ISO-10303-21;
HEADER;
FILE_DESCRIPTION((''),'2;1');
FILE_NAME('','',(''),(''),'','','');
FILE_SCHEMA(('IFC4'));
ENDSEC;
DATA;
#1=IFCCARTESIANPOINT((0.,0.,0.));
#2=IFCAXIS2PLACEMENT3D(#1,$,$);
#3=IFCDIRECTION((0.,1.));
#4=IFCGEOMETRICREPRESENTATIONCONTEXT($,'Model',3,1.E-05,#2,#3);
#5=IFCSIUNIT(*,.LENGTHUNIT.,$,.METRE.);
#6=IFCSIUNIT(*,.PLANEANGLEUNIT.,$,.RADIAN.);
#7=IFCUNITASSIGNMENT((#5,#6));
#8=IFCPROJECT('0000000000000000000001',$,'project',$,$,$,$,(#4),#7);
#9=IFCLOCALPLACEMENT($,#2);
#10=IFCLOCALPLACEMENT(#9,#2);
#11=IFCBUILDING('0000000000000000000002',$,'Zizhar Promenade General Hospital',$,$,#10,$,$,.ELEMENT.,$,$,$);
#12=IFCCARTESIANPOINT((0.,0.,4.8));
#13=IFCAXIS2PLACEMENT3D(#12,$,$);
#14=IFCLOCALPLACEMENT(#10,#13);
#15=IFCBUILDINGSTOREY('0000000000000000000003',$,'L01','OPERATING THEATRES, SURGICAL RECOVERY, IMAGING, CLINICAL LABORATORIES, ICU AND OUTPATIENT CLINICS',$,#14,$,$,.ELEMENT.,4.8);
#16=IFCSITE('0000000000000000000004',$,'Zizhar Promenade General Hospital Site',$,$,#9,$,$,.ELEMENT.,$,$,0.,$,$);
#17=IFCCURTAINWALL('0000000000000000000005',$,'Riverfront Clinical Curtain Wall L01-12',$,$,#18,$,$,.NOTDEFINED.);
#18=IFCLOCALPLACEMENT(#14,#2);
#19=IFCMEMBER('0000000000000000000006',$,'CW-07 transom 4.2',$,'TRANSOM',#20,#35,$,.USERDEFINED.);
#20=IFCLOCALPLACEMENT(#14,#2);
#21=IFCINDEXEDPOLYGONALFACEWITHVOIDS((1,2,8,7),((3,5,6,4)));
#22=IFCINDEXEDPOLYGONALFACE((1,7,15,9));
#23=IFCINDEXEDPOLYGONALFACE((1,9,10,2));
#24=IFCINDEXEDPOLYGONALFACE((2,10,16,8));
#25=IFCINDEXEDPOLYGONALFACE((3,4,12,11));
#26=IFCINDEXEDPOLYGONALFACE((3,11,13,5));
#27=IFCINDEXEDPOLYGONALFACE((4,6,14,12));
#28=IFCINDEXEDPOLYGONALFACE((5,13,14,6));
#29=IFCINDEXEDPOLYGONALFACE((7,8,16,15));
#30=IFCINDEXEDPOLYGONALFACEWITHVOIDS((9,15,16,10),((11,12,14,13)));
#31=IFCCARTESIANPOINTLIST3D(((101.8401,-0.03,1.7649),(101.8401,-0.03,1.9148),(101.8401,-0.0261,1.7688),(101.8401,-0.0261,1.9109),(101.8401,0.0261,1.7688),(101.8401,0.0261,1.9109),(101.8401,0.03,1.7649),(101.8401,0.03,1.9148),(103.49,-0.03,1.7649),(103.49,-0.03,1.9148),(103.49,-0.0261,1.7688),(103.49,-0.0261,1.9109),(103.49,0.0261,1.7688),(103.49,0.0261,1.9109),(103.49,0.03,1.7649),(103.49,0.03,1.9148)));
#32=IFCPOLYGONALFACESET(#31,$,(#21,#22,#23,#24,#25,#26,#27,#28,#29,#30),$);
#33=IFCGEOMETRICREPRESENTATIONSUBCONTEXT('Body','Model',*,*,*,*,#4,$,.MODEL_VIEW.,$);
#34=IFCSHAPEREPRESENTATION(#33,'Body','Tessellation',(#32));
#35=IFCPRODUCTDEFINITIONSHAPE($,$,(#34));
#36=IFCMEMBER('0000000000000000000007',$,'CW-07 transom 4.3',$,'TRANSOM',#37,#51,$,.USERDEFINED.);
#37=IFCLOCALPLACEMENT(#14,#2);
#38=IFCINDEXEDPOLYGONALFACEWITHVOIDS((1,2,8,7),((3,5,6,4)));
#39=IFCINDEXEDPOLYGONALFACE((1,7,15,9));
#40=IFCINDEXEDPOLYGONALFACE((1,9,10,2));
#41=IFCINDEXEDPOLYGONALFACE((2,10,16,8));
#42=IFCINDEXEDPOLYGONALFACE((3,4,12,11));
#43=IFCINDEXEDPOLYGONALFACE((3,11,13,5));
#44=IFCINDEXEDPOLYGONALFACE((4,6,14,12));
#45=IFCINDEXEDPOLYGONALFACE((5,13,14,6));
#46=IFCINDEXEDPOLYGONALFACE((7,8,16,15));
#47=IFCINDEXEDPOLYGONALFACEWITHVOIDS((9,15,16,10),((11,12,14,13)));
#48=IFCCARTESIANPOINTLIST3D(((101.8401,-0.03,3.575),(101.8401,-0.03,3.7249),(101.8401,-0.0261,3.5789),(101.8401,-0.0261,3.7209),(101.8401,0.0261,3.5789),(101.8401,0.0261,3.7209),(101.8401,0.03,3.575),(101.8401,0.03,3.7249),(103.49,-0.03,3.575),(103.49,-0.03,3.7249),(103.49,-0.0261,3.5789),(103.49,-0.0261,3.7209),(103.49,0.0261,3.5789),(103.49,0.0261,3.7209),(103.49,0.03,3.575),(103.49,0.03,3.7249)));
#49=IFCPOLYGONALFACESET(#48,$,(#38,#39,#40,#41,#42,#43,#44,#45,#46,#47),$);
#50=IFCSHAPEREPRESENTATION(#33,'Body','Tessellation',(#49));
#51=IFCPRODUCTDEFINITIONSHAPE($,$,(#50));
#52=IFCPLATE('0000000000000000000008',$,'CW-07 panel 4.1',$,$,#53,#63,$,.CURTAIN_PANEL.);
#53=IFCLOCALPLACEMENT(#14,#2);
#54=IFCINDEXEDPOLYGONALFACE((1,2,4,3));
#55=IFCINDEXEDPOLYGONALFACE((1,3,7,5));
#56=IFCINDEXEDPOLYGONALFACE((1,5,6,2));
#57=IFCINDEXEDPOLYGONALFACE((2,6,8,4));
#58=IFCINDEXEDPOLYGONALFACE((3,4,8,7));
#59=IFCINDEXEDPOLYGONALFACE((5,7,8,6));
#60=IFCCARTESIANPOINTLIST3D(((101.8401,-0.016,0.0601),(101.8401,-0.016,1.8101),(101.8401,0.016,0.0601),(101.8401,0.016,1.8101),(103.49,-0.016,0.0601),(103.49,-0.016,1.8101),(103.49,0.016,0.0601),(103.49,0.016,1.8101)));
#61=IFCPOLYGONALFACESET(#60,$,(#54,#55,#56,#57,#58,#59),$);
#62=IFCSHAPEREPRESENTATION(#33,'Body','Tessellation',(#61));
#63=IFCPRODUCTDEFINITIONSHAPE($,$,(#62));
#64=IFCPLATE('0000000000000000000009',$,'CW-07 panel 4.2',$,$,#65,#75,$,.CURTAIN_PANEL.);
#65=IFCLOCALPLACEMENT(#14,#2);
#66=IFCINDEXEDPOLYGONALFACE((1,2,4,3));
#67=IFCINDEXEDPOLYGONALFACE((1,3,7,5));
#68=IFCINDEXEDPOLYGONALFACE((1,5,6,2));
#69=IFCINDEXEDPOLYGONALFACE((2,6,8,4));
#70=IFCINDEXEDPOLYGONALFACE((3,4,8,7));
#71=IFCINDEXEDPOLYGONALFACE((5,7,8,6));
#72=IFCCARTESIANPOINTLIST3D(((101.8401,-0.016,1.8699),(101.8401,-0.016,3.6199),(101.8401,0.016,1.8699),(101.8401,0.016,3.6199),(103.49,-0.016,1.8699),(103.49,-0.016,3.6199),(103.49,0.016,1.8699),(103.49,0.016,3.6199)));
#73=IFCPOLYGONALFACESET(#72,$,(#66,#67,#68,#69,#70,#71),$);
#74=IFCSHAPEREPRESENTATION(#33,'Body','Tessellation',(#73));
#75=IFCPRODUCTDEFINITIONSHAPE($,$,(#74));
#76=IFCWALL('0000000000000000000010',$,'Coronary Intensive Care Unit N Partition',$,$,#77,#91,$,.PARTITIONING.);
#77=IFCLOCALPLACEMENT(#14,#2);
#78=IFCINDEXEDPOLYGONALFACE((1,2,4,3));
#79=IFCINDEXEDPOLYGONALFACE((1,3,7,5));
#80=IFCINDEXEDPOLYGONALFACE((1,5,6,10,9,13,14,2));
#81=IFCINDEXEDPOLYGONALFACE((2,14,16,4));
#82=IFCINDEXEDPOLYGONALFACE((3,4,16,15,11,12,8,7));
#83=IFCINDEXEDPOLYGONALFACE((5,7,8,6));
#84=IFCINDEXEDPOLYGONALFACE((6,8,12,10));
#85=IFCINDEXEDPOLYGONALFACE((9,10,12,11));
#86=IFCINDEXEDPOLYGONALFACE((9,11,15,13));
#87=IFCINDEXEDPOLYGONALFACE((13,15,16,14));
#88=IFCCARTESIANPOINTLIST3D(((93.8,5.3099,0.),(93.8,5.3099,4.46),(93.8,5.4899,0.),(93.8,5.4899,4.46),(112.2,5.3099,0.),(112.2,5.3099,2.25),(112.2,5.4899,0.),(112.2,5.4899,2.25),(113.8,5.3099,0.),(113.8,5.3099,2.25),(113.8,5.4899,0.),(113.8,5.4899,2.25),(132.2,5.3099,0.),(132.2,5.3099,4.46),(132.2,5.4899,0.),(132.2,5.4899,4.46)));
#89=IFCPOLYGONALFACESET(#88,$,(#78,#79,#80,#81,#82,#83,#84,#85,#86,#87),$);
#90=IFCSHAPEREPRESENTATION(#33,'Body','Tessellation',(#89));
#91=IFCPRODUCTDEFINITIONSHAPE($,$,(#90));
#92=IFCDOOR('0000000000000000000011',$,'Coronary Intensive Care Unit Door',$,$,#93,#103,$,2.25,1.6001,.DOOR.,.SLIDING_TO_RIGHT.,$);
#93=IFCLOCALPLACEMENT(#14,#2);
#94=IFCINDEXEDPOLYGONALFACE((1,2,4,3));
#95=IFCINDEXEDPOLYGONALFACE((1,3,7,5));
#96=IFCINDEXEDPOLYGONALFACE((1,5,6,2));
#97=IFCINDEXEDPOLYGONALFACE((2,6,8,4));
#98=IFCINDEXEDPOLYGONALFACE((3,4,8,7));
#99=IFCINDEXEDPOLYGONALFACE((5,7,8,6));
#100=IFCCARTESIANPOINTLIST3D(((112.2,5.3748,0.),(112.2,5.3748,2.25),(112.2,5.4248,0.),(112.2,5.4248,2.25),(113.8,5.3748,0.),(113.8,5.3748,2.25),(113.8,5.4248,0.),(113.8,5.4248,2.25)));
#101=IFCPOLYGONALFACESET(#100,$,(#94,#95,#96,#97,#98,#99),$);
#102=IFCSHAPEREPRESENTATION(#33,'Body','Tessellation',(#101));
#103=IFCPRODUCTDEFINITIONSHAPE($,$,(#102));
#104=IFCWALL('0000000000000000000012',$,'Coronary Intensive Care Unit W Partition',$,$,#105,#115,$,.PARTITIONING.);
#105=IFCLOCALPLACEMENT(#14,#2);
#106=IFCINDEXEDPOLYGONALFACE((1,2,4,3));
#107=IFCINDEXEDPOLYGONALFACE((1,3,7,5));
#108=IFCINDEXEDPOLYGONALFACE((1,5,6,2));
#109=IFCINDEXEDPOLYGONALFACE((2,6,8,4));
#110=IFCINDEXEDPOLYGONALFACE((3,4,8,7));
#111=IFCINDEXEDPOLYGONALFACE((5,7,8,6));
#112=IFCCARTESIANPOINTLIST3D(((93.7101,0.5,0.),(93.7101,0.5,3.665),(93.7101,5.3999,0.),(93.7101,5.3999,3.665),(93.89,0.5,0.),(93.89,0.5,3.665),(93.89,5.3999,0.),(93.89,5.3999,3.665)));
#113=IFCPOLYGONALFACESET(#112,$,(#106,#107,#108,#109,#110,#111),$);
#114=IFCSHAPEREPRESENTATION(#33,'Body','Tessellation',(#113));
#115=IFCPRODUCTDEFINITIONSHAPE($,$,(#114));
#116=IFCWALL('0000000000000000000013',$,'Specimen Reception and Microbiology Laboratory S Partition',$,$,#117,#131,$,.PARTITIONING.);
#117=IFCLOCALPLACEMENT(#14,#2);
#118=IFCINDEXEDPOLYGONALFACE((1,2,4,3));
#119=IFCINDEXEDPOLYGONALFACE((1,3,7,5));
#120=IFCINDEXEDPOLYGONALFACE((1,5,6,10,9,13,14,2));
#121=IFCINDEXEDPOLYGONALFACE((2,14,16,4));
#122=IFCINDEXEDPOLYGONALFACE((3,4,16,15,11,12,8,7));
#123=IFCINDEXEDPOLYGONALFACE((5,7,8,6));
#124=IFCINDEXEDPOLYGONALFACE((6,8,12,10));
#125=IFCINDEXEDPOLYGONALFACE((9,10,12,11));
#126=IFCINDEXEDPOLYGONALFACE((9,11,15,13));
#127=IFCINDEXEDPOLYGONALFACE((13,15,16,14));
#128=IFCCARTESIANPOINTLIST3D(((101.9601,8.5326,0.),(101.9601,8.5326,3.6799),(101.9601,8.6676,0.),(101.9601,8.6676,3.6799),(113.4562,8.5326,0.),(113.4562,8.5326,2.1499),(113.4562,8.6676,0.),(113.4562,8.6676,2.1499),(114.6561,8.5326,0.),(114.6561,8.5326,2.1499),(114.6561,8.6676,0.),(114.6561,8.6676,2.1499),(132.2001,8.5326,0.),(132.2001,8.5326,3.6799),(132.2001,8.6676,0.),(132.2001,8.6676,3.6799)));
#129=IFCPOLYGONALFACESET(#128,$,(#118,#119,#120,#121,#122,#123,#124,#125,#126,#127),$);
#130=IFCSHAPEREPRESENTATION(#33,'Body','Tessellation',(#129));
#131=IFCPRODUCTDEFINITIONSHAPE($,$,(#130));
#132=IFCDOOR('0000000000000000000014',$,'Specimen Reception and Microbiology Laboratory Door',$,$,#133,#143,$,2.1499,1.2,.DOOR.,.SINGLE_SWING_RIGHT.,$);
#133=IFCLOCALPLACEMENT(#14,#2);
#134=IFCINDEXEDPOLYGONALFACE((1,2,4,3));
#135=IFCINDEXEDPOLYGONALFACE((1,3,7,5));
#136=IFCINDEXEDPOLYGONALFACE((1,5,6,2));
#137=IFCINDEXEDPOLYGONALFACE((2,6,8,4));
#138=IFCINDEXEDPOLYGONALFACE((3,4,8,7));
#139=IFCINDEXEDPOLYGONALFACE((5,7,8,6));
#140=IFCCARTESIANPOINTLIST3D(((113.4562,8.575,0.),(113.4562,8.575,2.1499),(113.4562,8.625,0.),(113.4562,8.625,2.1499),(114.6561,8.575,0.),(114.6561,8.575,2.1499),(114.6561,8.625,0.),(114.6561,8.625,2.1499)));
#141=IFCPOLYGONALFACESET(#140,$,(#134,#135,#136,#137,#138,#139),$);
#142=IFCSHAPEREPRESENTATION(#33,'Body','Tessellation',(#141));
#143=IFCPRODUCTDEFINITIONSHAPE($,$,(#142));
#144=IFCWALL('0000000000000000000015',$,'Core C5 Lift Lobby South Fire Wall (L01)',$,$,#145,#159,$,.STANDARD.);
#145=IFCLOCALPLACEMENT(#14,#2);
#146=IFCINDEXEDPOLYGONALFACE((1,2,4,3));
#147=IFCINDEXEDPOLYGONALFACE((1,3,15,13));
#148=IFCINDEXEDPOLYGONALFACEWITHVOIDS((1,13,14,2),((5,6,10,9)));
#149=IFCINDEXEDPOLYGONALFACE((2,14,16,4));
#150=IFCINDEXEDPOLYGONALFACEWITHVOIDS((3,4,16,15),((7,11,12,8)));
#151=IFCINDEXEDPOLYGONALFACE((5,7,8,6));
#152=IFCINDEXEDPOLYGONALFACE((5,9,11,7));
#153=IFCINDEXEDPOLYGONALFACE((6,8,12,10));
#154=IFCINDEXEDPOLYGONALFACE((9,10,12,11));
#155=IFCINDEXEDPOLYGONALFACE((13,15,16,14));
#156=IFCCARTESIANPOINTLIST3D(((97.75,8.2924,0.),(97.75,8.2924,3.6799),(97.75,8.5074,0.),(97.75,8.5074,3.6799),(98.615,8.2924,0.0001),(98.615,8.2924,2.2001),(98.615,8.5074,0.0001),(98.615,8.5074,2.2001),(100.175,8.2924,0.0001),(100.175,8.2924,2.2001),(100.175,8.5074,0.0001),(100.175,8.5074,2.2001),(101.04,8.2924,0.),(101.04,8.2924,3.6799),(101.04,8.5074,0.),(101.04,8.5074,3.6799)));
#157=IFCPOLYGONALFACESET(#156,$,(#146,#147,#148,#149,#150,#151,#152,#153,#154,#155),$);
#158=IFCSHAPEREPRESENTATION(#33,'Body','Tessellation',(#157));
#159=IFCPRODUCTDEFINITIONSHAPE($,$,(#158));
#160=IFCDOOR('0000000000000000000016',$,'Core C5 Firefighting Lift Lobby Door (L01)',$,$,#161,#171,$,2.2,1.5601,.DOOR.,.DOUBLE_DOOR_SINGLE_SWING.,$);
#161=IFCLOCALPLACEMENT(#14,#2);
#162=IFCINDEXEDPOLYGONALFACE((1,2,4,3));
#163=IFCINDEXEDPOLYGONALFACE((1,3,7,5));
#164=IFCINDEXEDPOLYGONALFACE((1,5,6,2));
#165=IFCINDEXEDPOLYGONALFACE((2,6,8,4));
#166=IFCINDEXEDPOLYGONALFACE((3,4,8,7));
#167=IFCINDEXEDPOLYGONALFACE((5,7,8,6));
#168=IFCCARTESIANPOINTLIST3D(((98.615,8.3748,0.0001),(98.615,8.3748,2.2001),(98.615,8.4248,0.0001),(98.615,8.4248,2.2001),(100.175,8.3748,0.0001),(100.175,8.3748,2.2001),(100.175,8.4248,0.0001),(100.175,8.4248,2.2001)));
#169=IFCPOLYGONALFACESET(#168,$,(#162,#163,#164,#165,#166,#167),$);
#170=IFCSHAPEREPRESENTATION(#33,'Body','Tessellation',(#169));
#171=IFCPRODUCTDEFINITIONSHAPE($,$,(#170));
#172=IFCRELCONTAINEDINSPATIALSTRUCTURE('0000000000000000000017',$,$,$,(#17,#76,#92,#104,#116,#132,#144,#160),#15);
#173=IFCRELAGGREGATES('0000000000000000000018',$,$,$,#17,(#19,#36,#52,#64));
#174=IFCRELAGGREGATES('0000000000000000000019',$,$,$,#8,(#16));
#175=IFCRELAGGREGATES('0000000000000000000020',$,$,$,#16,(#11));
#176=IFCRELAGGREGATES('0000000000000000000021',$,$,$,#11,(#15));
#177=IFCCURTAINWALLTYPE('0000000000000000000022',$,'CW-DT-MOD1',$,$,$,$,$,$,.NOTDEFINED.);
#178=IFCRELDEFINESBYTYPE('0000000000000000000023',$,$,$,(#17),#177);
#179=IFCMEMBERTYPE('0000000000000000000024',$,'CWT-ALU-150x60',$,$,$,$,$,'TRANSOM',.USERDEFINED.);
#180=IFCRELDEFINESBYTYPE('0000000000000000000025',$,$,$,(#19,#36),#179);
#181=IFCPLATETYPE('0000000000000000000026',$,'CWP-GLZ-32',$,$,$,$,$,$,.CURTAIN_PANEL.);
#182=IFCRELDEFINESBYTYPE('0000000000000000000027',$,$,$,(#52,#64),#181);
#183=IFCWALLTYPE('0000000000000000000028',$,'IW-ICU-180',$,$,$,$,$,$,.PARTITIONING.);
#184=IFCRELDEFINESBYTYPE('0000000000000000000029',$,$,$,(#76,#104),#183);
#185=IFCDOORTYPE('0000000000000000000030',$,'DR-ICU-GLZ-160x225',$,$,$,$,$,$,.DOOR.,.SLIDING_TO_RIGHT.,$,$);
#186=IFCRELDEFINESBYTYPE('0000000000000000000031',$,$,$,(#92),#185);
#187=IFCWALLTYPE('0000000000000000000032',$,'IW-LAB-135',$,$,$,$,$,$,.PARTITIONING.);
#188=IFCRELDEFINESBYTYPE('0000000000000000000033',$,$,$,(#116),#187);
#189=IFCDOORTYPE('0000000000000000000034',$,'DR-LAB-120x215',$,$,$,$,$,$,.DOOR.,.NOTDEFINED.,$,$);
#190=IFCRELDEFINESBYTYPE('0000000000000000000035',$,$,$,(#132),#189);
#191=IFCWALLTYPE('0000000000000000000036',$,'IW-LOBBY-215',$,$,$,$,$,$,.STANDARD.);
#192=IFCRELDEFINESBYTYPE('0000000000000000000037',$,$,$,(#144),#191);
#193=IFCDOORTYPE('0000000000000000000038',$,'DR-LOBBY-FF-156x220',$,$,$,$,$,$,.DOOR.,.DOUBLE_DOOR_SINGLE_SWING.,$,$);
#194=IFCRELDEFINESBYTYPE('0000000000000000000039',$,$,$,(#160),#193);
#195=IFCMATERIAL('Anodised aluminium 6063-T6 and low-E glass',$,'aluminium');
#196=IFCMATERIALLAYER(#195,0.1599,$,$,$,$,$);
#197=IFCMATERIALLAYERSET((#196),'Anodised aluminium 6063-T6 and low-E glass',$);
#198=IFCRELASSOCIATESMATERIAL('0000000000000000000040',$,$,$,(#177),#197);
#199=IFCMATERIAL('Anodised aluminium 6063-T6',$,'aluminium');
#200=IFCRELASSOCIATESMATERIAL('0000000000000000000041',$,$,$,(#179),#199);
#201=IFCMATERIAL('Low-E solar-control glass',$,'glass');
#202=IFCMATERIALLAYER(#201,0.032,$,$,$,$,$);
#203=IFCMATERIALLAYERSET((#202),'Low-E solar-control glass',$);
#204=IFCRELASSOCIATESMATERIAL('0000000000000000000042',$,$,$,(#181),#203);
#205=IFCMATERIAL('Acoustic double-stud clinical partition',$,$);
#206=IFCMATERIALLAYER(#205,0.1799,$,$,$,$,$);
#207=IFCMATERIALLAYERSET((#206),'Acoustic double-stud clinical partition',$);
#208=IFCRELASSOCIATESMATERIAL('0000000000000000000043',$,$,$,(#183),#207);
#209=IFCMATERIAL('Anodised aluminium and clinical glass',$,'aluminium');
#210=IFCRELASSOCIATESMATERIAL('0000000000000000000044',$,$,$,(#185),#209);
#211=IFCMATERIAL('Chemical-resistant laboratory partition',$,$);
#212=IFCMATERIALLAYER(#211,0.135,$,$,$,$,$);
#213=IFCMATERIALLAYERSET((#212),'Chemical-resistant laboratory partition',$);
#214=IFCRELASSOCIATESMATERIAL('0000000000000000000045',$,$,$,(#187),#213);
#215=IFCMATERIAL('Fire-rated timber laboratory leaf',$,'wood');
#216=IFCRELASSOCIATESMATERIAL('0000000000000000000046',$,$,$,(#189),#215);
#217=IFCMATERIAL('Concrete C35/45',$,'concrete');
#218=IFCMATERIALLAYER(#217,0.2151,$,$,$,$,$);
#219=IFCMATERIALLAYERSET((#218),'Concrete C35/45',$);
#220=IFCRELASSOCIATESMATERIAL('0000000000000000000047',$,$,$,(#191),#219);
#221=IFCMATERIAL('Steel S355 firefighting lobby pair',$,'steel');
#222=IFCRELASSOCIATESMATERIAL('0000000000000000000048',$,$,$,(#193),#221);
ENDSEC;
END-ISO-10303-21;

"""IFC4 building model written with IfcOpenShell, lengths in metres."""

from ifc_helpers import new_model, si_unit, direction, frame, frame_2d, origin, origin_2d, place, context, subcontext, project, spatial, rectangle, hollow_rectangle, extrude, material, layer, layer_set, material_profile, profile_set, type_object, element, fill, aggregate, save


model = new_model("IFC4")

# Units and contexts
model_context = context("Model", 3, precision=1e-05, world=origin(), true_north=direction((0.0, 1.0)))
body_context = subcontext(model_context, "Body", "Model", "MODEL_VIEW")
ifc_project = project(units=[si_unit("LENGTHUNIT", "METRE"), si_unit("PLANEANGLEUNIT", "RADIAN")], contexts=[model_context])

# Site, building, storey
site_placement = place(None, origin())
site = spatial("IfcSite", under=ifc_project, at=site_placement, Name="Zizhar Promenade General Hospital Site", CompositionType="ELEMENT", RefElevation=0.0)
building_placement = place(site_placement, origin())
building = spatial("IfcBuilding", under=site, at=building_placement, Name="Zizhar Promenade General Hospital", CompositionType="ELEMENT")
storey_placement = place(building_placement, frame((0.0, 0.0, 4.8)))
storey = spatial("IfcBuildingStorey", under=building, at=storey_placement, Name="L01", Description="OPERATING THEATRES, SURGICAL RECOVERY, IMAGING, CLINICAL LABORATORIES, ICU AND OUTPATIENT CLINICS", CompositionType="ELEMENT", Elevation=4.8)

# Shared definitions
ifc_material_1 = material(Name="Anodised aluminium 6063-T6 and low-E glass", Category="aluminium")
ifc_layer_1 = layer(ifc_material_1, 0.1599)
ifc_layer_set_1 = layer_set([ifc_layer_1], Name="Anodised aluminium 6063-T6 and low-E glass")
curtain_wall_type = type_object("IfcCurtainWallType", Name="CW-DT-MOD1", PredefinedType="NOTDEFINED", material=ifc_layer_set_1)

# Curtain wall, members, plates
curtain_wall_1_placement = place(storey_placement, origin())
curtain_wall_1 = element("IfcCurtainWall", 1, at=curtain_wall_1_placement, inside=storey, type_object=curtain_wall_type, Name="Riverfront Clinical Curtain Wall L01-12", PredefinedType="NOTDEFINED")
ifc_material_2 = material(Name="Anodised aluminium 6063-T6", Category="aluminium")
ifc_material_profile_1 = material_profile(ifc_material_2, hollow_rectangle(XDim=0.0601, YDim=0.1499, WallThickness=0.0039, at=origin_2d()))
ifc_profile_set_1 = profile_set([ifc_material_profile_1], Name="Anodised aluminium 6063-T6")
member_type_1 = type_object("IfcMemberType", Name="CWT-ALU-150x60", ElementType="TRANSOM", PredefinedType="USERDEFINED", material=ifc_profile_set_1)
member_1_placement = place(storey_placement, frame((103.49, 0.0, 1.8398), z_axis=(-1.0, 0.0, 0.0), x_axis=(0.0, -1.0, 0.0)))
member_1 = element("IfcMember", 2, at=member_1_placement, type_object=member_type_1, Name="CW-07 transom 4.2", ObjectType="TRANSOM", PredefinedType="USERDEFINED", context=body_context, shape_type="SweptSolid", body=[
    extrude(hollow_rectangle(XDim=0.0601, YDim=0.1499, WallThickness=0.0039, at=origin_2d()), origin(), (0.0, 0.0, 1.0), 1.6499),
])
member_2_placement = place(storey_placement, frame((103.49, 0.0, 3.6499), z_axis=(-1.0, 0.0, 0.0), x_axis=(0.0, -1.0, 0.0)))
member_2 = element("IfcMember", 3, at=member_2_placement, type_object=member_type_1, Name="CW-07 transom 4.3", ObjectType="TRANSOM", PredefinedType="USERDEFINED", context=body_context, shape_type="SweptSolid", body=[
    extrude(hollow_rectangle(XDim=0.0601, YDim=0.1499, WallThickness=0.0039, at=origin_2d()), origin(), (0.0, 0.0, 1.0), 1.6499),
])
ifc_material_3 = material(Name="Low-E solar-control glass", Category="glass")
ifc_layer_2 = layer(ifc_material_3, 0.032)
ifc_layer_set_2 = layer_set([ifc_layer_2], Name="Low-E solar-control glass")
plate_type = type_object("IfcPlateType", Name="CWP-GLZ-32", PredefinedType="CURTAIN_PANEL", material=ifc_layer_set_2)
plate_1_placement = place(storey_placement, frame((102.665, 0.0, 0.0601), z_axis=(0.0, 0.0, 1.0), x_axis=(-1.0, 0.0, 0.0)))
plate_1 = element("IfcPlate", 4, at=plate_1_placement, type_object=plate_type, Name="CW-07 panel 4.1", PredefinedType="CURTAIN_PANEL", context=body_context, shape_type="SweptSolid", body=[
    extrude(rectangle(XDim=1.6499, YDim=0.032, at=origin_2d()), origin(), (0.0, 0.0, 1.0), 1.75),
])
plate_2_placement = place(storey_placement, frame((102.665, 0.0, 1.8699), z_axis=(0.0, 0.0, 1.0), x_axis=(-1.0, 0.0, 0.0)))
plate_2 = element("IfcPlate", 5, at=plate_2_placement, type_object=plate_type, Name="CW-07 panel 4.2", PredefinedType="CURTAIN_PANEL", context=body_context, shape_type="SweptSolid", body=[
    extrude(rectangle(XDim=1.6499, YDim=0.032, at=origin_2d()), origin(), (0.0, 0.0, 1.0), 1.75),
])
aggregate(curtain_wall_1, [member_1, member_2, plate_1, plate_2])

# Wall, opening, door
ifc_material_4 = material(Name="Acoustic double-stud clinical partition")
ifc_layer_3 = layer(ifc_material_4, 0.1799)
ifc_layer_set_3 = layer_set([ifc_layer_3], Name="Acoustic double-stud clinical partition")
wall_type_1 = type_object("IfcWallType", Name="IW-ICU-180", PredefinedType="PARTITIONING", material=ifc_layer_set_3)
wall_1_placement = place(storey_placement, frame((93.8, 5.3999, 0.0), z_axis=(0.0, 0.0, 1.0), x_axis=(1.0, 0.0, 0.0)))
wall_1 = element("IfcWall", 6, at=wall_1_placement, inside=storey, type_object=wall_type_1, Name="Coronary Intensive Care Unit N Partition", PredefinedType="PARTITIONING", context=body_context, shape_type="SweptSolid", body=[
    extrude(rectangle(XDim=38.3999, YDim=0.1799, at=frame_2d((19.2, 0.0))), origin(), (0.0, 0.0, 1.0), 4.46),
])
opening_1_placement = place(wall_1_placement, frame((18.3999, 0.0, 0.0)))
opening_1 = element("IfcOpeningElement", 7, at=opening_1_placement, cuts=wall_1, PredefinedType="OPENING", context=body_context, shape_type="SweptSolid", body=[
    extrude(rectangle(XDim=1.6001, YDim=2.25, at=frame_2d((0.8, 1.125))), frame((0.0, 0.1001, 0.0), z_axis=(0.0, -1.0, 0.0), x_axis=(1.0, 0.0, 0.0)), (0.0, 0.0, 1.0), 0.2),
])
ifc_material_5 = material(Name="Anodised aluminium and clinical glass", Category="aluminium")
door_type_1 = type_object("IfcDoorType", Name="DR-ICU-GLZ-160x225", OperationType="SLIDING_TO_RIGHT", PredefinedType="DOOR", material=ifc_material_5)
door_1_placement = place(opening_1_placement, origin())
door_1 = element("IfcDoor", 8, at=door_1_placement, inside=storey, type_object=door_type_1, Name="Coronary Intensive Care Unit Door", OperationType="SLIDING_TO_RIGHT", OverallHeight=2.25, OverallWidth=1.6001, PredefinedType="DOOR", context=body_context, shape_type="SweptSolid", body=[
    extrude(rectangle(XDim=1.6001, YDim=2.25, at=frame_2d((0.8, 1.125))), frame((0.0, 0.0249, 0.0), z_axis=(0.0, -1.0, 0.0), x_axis=(1.0, 0.0, 0.0)), (0.0, 0.0, 1.0), 0.05),
])
fill(opening_1, door_1)

# Wall
wall_2_placement = place(storey_placement, frame((93.8, 0.5, 0.0), z_axis=(0.0, 0.0, 1.0), x_axis=(0.0, 1.0, 0.0)))
element("IfcWall", 9, at=wall_2_placement, inside=storey, type_object=wall_type_1, Name="Coronary Intensive Care Unit W Partition", PredefinedType="PARTITIONING", context=body_context, shape_type="SweptSolid", body=[
    extrude(rectangle(XDim=4.8999, YDim=0.1799, at=frame_2d((2.45, 0.0))), origin(), (0.0, 0.0, 1.0), 3.665),
])

# Walls, openings, doors
ifc_material_6 = material(Name="Chemical-resistant laboratory partition")
ifc_layer_4 = layer(ifc_material_6, 0.135)
ifc_layer_set_4 = layer_set([ifc_layer_4], Name="Chemical-resistant laboratory partition")
wall_type_2 = type_object("IfcWallType", Name="IW-LAB-135", PredefinedType="PARTITIONING", material=ifc_layer_set_4)
wall_3_placement = place(storey_placement, frame((101.96, 8.6001, 0.0), z_axis=(0.0, 0.0, 1.0), x_axis=(1.0, 0.0, 0.0)))
wall_3 = element("IfcWall", 10, at=wall_3_placement, inside=storey, type_object=wall_type_2, Name="Specimen Reception and Microbiology Laboratory S Partition", PredefinedType="PARTITIONING", context=body_context, shape_type="SweptSolid", body=[
    extrude(rectangle(XDim=30.24, YDim=0.135, at=frame_2d((15.1201, 0.0))), origin(), (0.0, 0.0, 1.0), 3.6799),
])
opening_2_placement = place(wall_3_placement, frame((11.4961, 0.0, 0.0)))
opening_2 = element("IfcOpeningElement", 11, at=opening_2_placement, cuts=wall_3, PredefinedType="OPENING", context=body_context, shape_type="SweptSolid", body=[
    extrude(rectangle(XDim=1.2, YDim=2.1499, at=frame_2d((0.6001, 1.075))), frame((0.0, 0.0776, 0.0), z_axis=(0.0, -1.0, 0.0), x_axis=(1.0, 0.0, 0.0)), (0.0, 0.0, 1.0), 0.155),
])
ifc_material_7 = material(Name="Fire-rated timber laboratory leaf", Category="wood")
door_type_2 = type_object("IfcDoorType", Name="DR-LAB-120x215", OperationType="NOTDEFINED", PredefinedType="DOOR", material=ifc_material_7)
door_2_placement = place(opening_2_placement, origin())
door_2 = element("IfcDoor", 12, at=door_2_placement, inside=storey, type_object=door_type_2, Name="Specimen Reception and Microbiology Laboratory Door", OperationType="SINGLE_SWING_RIGHT", OverallHeight=2.1499, OverallWidth=1.2, PredefinedType="DOOR", context=body_context, shape_type="SweptSolid", body=[
    extrude(rectangle(XDim=1.2, YDim=2.1499, at=frame_2d((0.6001, 1.075))), frame((0.0, 0.0249, 0.0), z_axis=(0.0, -1.0, 0.0), x_axis=(1.0, 0.0, 0.0)), (0.0, 0.0, 1.0), 0.05),
])
fill(opening_2, door_2)
ifc_material_8 = material(Name="Concrete C35/45", Category="concrete")
ifc_layer_5 = layer(ifc_material_8, 0.2151)
ifc_layer_set_5 = layer_set([ifc_layer_5], Name="Concrete C35/45")
wall_type_3 = type_object("IfcWallType", Name="IW-LOBBY-215", PredefinedType="STANDARD", material=ifc_layer_set_5)
wall_4_placement = place(storey_placement, frame((97.75, 8.3999, 0.0), z_axis=(0.0, 0.0, 1.0), x_axis=(1.0, 0.0, 0.0)))
wall_4 = element("IfcWall", 13, at=wall_4_placement, inside=storey, type_object=wall_type_3, Name="Core C5 Lift Lobby South Fire Wall (L01)", PredefinedType="STANDARD", context=body_context, shape_type="SweptSolid", body=[
    extrude(rectangle(XDim=3.29, YDim=0.2151, at=frame_2d((1.645, 0.0))), origin(), (0.0, 0.0, 1.0), 3.6799),
])
opening_3_placement = place(wall_4_placement, frame((0.865, 0.0, 0.0)))
opening_3 = element("IfcOpeningElement", 14, at=opening_3_placement, cuts=wall_4, PredefinedType="OPENING", context=body_context, shape_type="SweptSolid", body=[
    extrude(rectangle(XDim=1.5601, YDim=2.2, at=frame_2d((0.78, 1.1001))), frame((0.0, 0.1177, 0.0), z_axis=(0.0, -1.0, 0.0), x_axis=(1.0, 0.0, 0.0)), (0.0, 0.0, 1.0), 0.2351),
])
ifc_material_9 = material(Name="Steel S355 firefighting lobby pair", Category="steel")
door_type_3 = type_object("IfcDoorType", Name="DR-LOBBY-FF-156x220", OperationType="DOUBLE_DOOR_SINGLE_SWING", PredefinedType="DOOR", material=ifc_material_9)
door_3_placement = place(opening_3_placement, origin())
door_3 = element("IfcDoor", 15, at=door_3_placement, inside=storey, type_object=door_type_3, Name="Core C5 Firefighting Lift Lobby Door (L01)", OperationType="DOUBLE_DOOR_SINGLE_SWING", OverallHeight=2.2, OverallWidth=1.5601, PredefinedType="DOOR", context=body_context, shape_type="SweptSolid", body=[
    extrude(rectangle(XDim=1.5601, YDim=2.2, at=frame_2d((0.78, 1.1001))), frame((0.0, 0.0249, 0.0), z_axis=(0.0, -1.0, 0.0), x_axis=(1.0, 0.0, 0.0)), (0.0, 0.0, 1.0), 0.05),
])
fill(opening_3, door_3)

save(model, "model.ifc")
